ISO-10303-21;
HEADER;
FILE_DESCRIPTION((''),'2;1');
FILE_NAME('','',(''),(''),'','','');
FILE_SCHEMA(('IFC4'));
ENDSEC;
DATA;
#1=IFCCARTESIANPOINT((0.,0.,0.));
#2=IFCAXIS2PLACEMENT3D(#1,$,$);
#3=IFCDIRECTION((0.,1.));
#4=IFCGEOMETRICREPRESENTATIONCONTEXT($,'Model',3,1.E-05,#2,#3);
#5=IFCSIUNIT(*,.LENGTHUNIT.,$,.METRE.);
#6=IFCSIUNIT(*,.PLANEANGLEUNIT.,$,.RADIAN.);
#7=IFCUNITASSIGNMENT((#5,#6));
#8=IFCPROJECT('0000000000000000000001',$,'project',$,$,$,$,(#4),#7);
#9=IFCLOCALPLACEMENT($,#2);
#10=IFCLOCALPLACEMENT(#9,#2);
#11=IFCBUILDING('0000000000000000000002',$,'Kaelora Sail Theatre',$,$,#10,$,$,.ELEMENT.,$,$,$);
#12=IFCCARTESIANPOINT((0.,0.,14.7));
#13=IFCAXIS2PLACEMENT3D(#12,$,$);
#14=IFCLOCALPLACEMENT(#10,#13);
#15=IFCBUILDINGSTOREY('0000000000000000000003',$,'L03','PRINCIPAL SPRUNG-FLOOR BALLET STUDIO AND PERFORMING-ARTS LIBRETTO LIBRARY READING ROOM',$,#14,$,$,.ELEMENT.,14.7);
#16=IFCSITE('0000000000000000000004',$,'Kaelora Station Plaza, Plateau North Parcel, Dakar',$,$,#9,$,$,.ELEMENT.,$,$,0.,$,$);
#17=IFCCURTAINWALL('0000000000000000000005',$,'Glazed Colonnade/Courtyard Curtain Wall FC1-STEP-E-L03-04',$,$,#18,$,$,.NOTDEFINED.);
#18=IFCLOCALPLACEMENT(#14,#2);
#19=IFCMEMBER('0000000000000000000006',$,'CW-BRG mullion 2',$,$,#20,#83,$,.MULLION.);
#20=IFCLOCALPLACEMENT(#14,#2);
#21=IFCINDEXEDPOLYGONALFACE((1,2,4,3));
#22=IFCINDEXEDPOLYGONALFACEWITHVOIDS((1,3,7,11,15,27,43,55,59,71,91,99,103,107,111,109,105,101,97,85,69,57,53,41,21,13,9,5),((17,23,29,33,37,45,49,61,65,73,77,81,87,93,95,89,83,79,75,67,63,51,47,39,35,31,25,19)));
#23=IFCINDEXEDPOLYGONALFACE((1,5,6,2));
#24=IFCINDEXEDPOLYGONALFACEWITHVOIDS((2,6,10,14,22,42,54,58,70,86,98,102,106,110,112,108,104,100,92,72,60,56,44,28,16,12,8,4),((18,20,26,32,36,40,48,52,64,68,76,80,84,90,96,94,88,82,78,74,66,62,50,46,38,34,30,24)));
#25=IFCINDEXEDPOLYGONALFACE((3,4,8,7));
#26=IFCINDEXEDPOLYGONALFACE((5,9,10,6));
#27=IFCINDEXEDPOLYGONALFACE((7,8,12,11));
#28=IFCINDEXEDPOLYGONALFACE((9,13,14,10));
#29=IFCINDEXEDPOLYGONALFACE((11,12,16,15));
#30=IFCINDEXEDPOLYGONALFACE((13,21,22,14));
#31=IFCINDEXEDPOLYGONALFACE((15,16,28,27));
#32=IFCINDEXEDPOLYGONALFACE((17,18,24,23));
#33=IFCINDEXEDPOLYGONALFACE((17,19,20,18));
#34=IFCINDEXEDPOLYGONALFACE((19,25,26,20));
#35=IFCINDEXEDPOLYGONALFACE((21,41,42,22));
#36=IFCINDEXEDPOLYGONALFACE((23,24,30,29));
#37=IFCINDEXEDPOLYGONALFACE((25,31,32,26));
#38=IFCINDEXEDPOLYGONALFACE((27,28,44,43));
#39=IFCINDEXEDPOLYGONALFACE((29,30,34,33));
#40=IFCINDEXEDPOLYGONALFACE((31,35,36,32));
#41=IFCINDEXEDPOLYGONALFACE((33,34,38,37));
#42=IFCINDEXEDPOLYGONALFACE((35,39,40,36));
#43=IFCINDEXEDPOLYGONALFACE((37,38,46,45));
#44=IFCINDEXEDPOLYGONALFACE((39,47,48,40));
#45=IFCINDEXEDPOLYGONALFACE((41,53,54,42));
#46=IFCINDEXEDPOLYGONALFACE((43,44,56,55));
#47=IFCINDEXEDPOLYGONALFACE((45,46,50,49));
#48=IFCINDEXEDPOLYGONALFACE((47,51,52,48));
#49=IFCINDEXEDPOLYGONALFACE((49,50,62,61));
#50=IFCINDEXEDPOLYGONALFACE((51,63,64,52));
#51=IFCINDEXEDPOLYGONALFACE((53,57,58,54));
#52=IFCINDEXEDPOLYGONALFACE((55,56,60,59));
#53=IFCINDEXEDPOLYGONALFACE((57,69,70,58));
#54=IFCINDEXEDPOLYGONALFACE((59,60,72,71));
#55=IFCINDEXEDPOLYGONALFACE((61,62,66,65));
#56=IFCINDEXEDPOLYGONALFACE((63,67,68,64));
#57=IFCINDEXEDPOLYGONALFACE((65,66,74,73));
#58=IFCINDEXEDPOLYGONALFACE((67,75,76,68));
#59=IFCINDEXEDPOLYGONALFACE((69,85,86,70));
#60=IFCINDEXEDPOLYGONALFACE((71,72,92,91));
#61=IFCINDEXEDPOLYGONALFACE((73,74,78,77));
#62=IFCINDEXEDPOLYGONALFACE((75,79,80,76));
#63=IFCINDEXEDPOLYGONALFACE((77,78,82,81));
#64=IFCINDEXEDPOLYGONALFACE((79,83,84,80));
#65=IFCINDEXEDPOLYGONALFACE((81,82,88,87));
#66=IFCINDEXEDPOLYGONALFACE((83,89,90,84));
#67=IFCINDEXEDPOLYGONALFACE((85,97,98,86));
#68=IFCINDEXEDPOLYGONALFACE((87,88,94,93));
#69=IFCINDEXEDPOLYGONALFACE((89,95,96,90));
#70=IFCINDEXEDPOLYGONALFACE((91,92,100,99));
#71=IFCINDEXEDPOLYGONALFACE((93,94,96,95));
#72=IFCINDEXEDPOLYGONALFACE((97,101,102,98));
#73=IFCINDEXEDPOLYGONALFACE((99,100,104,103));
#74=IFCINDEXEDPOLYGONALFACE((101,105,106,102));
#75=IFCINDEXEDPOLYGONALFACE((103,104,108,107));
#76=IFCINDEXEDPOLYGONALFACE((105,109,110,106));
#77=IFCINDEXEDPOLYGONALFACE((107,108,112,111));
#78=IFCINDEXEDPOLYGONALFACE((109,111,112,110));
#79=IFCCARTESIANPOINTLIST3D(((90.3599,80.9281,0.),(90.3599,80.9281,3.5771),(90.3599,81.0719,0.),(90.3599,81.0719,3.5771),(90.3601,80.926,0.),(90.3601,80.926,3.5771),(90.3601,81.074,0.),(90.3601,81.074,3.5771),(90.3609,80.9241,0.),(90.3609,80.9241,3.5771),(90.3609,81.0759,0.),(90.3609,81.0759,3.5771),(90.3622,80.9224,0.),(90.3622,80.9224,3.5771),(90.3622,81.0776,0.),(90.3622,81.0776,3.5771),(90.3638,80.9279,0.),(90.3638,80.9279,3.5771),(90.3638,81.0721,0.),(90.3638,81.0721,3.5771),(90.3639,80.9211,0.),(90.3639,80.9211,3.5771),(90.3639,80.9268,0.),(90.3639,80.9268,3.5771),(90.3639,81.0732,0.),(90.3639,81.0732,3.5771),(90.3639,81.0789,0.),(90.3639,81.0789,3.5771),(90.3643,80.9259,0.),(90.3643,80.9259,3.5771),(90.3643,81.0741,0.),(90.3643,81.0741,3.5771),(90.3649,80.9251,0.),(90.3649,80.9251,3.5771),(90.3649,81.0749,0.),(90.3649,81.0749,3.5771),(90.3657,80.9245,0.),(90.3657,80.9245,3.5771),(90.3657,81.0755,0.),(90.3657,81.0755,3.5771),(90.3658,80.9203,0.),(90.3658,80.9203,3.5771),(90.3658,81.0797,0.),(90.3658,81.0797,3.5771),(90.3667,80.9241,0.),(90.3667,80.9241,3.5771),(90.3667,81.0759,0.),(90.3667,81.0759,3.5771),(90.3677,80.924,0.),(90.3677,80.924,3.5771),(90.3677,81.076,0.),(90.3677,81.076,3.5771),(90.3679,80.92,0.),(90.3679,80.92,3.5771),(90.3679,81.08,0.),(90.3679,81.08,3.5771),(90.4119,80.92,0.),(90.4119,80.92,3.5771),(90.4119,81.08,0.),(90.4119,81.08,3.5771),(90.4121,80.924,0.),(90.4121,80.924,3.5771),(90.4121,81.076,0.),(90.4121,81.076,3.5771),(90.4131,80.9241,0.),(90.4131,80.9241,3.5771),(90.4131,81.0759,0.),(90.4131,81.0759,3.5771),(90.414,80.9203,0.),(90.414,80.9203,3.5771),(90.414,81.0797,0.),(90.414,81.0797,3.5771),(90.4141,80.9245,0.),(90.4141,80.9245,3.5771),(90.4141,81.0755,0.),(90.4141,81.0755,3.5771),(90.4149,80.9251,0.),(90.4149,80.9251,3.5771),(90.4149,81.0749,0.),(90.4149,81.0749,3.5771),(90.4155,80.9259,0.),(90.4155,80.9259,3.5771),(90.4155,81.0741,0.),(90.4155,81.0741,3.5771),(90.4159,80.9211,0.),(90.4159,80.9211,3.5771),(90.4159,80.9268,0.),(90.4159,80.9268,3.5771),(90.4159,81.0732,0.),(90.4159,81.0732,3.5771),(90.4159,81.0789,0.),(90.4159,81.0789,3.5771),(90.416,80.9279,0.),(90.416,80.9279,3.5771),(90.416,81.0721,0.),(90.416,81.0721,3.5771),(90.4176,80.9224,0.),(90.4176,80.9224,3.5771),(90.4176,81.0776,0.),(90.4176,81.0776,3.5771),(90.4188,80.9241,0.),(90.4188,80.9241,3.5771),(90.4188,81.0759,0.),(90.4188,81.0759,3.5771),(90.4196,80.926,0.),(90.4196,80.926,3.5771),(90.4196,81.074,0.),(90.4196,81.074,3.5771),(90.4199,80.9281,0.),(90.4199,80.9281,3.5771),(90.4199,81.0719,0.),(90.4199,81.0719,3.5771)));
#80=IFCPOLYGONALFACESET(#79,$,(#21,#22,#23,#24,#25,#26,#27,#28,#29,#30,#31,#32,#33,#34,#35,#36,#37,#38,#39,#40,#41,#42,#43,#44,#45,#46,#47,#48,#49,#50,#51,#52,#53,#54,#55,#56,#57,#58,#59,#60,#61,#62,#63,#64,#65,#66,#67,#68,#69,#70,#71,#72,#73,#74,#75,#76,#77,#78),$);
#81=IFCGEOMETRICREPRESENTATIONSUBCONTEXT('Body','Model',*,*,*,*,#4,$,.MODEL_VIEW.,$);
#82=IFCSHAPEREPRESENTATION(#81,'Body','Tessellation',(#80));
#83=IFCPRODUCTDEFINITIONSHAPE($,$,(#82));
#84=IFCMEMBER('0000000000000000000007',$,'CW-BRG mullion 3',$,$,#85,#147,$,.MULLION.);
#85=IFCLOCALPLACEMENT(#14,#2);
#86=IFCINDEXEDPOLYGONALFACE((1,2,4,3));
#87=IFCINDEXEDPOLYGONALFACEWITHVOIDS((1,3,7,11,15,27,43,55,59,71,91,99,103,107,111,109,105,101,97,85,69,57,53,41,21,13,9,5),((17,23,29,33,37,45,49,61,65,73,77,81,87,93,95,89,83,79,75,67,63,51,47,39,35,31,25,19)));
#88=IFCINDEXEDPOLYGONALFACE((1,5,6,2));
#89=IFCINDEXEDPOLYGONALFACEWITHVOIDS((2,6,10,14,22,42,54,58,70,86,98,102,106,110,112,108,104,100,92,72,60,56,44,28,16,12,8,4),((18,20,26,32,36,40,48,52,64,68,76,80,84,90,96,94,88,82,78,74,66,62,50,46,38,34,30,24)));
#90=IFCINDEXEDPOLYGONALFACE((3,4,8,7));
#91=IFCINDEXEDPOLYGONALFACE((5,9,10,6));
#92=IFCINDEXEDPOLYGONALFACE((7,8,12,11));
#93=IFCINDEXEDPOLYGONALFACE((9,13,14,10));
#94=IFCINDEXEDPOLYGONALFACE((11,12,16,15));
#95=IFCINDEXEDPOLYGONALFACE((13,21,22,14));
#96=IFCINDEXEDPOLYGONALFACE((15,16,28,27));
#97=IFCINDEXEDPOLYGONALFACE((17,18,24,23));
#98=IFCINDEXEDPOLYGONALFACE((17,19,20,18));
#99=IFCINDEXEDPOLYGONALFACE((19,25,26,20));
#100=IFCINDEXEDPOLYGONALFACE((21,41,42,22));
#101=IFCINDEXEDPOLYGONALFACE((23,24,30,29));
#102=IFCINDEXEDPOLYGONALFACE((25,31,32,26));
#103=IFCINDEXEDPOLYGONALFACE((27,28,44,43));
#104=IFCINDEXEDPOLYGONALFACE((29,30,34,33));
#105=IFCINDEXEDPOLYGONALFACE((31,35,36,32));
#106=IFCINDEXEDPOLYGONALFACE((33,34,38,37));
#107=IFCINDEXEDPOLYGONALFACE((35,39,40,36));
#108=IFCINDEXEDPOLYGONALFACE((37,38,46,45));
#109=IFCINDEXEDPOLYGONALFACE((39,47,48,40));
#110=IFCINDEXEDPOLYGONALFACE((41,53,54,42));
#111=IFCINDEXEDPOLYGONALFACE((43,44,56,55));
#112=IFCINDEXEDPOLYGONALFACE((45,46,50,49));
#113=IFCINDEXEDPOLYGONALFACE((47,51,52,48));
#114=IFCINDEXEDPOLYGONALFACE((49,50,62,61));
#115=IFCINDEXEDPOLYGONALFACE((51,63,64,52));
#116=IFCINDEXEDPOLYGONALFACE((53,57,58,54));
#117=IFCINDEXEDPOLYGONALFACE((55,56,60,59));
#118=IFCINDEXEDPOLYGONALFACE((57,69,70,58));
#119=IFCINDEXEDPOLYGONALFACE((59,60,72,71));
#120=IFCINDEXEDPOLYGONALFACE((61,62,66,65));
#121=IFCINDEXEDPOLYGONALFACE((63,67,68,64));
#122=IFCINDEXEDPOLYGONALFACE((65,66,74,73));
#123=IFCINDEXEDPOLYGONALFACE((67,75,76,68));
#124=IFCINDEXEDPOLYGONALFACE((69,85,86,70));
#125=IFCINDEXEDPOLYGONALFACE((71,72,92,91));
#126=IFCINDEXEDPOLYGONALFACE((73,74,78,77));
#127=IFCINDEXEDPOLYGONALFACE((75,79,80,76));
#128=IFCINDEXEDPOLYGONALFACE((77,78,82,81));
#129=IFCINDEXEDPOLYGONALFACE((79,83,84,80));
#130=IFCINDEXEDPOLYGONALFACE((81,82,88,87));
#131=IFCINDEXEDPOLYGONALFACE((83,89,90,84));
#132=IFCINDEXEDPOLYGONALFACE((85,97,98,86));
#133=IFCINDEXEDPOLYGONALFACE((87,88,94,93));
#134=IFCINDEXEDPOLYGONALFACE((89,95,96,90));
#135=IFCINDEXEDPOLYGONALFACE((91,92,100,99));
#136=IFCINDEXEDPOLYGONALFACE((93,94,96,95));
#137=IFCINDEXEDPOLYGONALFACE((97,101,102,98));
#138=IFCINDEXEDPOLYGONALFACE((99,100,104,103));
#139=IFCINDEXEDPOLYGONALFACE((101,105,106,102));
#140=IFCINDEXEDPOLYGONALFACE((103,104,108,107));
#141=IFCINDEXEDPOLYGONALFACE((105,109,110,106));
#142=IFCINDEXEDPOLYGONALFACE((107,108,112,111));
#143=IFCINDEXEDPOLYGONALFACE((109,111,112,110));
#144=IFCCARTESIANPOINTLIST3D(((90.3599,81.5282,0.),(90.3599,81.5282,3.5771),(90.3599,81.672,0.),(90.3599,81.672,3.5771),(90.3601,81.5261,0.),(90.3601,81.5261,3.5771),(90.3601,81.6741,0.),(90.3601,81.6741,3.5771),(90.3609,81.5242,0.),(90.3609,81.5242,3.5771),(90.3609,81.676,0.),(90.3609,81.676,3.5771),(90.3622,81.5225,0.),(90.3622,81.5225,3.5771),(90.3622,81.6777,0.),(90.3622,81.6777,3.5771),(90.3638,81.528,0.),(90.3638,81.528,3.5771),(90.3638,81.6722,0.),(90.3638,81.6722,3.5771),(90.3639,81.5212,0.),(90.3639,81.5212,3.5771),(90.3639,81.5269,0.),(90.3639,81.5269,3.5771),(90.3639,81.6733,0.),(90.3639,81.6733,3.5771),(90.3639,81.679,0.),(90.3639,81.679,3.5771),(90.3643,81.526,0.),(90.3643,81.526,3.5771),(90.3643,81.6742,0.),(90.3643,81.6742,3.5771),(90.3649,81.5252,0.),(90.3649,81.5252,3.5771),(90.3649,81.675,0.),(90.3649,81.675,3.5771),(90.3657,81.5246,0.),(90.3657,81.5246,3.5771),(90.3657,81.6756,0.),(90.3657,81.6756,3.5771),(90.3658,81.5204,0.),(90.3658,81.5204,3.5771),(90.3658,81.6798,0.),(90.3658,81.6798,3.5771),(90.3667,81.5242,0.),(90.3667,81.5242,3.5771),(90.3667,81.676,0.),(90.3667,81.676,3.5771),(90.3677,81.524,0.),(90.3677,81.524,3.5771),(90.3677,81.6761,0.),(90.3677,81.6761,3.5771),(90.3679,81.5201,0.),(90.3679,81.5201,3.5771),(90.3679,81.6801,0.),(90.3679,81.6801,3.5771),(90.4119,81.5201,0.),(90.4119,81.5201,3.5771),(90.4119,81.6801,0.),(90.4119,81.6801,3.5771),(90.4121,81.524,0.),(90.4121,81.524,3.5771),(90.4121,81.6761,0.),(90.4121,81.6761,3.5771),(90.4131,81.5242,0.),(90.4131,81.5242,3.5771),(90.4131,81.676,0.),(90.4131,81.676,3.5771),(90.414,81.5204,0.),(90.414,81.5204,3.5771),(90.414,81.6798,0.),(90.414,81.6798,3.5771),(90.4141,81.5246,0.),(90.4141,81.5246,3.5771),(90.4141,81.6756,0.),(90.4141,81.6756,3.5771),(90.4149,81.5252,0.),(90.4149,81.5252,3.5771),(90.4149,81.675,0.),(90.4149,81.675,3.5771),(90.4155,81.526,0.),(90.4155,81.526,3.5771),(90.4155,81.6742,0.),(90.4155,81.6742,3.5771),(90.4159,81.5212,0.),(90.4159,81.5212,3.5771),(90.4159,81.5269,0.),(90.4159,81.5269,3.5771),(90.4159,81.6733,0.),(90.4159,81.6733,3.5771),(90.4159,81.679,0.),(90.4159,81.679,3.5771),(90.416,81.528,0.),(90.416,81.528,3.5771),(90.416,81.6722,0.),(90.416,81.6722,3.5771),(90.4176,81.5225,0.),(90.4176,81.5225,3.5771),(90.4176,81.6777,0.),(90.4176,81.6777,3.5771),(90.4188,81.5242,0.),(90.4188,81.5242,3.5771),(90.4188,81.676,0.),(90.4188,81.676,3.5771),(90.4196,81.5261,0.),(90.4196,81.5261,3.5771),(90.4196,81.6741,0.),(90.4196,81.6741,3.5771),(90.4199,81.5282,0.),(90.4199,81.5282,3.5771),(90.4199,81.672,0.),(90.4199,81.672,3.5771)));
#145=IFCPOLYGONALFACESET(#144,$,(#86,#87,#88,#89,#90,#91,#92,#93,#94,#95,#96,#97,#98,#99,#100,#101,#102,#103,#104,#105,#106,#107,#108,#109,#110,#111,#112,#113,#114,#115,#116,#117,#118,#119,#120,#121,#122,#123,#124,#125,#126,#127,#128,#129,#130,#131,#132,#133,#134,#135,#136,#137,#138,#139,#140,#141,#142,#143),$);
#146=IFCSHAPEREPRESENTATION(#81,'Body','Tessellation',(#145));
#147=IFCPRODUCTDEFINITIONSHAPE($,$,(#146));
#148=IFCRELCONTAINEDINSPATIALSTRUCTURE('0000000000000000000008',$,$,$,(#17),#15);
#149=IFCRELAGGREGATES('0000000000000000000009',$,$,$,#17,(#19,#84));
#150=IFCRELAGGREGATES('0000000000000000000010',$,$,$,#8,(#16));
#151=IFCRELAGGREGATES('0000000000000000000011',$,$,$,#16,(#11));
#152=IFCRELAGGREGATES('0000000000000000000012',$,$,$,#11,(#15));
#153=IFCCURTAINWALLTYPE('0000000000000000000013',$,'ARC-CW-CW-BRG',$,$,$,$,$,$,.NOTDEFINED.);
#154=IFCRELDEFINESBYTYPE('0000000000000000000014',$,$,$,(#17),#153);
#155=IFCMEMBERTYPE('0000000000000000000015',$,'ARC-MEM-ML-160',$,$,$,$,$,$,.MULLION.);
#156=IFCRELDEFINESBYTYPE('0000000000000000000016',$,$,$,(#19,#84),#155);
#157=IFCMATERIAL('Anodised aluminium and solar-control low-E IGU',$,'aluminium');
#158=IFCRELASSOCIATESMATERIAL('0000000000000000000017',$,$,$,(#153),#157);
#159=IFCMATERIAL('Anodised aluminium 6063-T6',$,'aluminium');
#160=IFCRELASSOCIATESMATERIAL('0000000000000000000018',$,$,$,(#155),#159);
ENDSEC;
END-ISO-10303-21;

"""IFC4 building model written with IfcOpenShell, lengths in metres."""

from ifc_helpers import new_model, si_unit, direction, frame, origin, origin_2d, place, context, subcontext, project, spatial, hollow_rectangle, extrude, material, material_profile, profile_set, type_object, element, aggregate, save


model = new_model("IFC4")

# Units and contexts
model_context = context("Model", 3, precision=1e-05, world=origin(), true_north=direction((0.0, 1.0)))
body_context = subcontext(model_context, "Body", "Model", "MODEL_VIEW")
ifc_project = project(units=[si_unit("LENGTHUNIT", "METRE"), si_unit("PLANEANGLEUNIT", "RADIAN")], contexts=[model_context])

# Site, building, storey
site_placement = place(None, origin())
site = spatial("IfcSite", under=ifc_project, at=site_placement, Name="Kaelora Station Plaza, Plateau North Parcel, Dakar", CompositionType="ELEMENT", RefElevation=0.0)
building_placement = place(site_placement, origin())
building = spatial("IfcBuilding", under=site, at=building_placement, Name="Kaelora Sail Theatre", CompositionType="ELEMENT")
storey_placement = place(building_placement, frame((0.0, 0.0, 14.7)))
storey = spatial("IfcBuildingStorey", under=building, at=storey_placement, Name="L03", Description="PRINCIPAL SPRUNG-FLOOR BALLET STUDIO AND PERFORMING-ARTS LIBRETTO LIBRARY READING ROOM", CompositionType="ELEMENT", Elevation=14.7)

# Shared definitions
ifc_material_1 = material(Name="Anodised aluminium and solar-control low-E IGU", Category="aluminium")
curtain_wall_type = type_object("IfcCurtainWallType", Name="ARC-CW-CW-BRG", PredefinedType="NOTDEFINED", material=ifc_material_1)
ifc_material_2 = material(Name="Anodised aluminium 6063-T6", Category="aluminium")
ifc_material_profile_1 = material_profile(ifc_material_2, hollow_rectangle(XDim=0.0601, YDim=0.1599, WallThickness=0.0039, InnerFilletRadius=0.0039, OuterFilletRadius=0.0081, at=origin_2d()), Name="ALU-MULL 60x160x4")
ifc_profile_set_1 = profile_set([ifc_material_profile_1], Name="Anodised aluminium 6063-T6")
member_type_1 = type_object("IfcMemberType", Name="ARC-MEM-ML-160", PredefinedType="MULLION", material=ifc_profile_set_1)

# Curtain wall, members
curtain_wall_1_placement = place(storey_placement, origin())
curtain_wall_1 = element("IfcCurtainWall", 1, at=curtain_wall_1_placement, inside=storey, type_object=curtain_wall_type, Name="Glazed Colonnade/Courtyard Curtain Wall FC1-STEP-E-L03-04", PredefinedType="NOTDEFINED")
member_1_placement = place(storey_placement, frame((90.3899, 81.0, 0.0), z_axis=(0.0, 0.0, 1.0), x_axis=(-1.0, 0.0, 0.0)))
member_1 = element("IfcMember", 2, at=member_1_placement, type_object=member_type_1, Name="CW-BRG mullion 2", PredefinedType="MULLION", context=body_context, shape_type="SweptSolid", body=[
    extrude(hollow_rectangle(XDim=0.0601, YDim=0.1599, WallThickness=0.0039, InnerFilletRadius=0.0039, OuterFilletRadius=0.0081, at=origin_2d()), origin(), (0.0, 0.0, 1.0), 3.5771),
])
member_2_placement = place(storey_placement, frame((90.3899, 81.6001, 0.0), z_axis=(0.0, 0.0, 1.0), x_axis=(-1.0, 0.0, 0.0)))
member_2 = element("IfcMember", 3, at=member_2_placement, type_object=member_type_1, Name="CW-BRG mullion 3", PredefinedType="MULLION", context=body_context, shape_type="SweptSolid", body=[
    extrude(hollow_rectangle(XDim=0.0601, YDim=0.1599, WallThickness=0.0039, InnerFilletRadius=0.0039, OuterFilletRadius=0.0081, at=origin_2d()), origin(), (0.0, 0.0, 1.0), 3.5771),
])

aggregate(curtain_wall_1, [member_1, member_2])

save(model, "model.ifc")
